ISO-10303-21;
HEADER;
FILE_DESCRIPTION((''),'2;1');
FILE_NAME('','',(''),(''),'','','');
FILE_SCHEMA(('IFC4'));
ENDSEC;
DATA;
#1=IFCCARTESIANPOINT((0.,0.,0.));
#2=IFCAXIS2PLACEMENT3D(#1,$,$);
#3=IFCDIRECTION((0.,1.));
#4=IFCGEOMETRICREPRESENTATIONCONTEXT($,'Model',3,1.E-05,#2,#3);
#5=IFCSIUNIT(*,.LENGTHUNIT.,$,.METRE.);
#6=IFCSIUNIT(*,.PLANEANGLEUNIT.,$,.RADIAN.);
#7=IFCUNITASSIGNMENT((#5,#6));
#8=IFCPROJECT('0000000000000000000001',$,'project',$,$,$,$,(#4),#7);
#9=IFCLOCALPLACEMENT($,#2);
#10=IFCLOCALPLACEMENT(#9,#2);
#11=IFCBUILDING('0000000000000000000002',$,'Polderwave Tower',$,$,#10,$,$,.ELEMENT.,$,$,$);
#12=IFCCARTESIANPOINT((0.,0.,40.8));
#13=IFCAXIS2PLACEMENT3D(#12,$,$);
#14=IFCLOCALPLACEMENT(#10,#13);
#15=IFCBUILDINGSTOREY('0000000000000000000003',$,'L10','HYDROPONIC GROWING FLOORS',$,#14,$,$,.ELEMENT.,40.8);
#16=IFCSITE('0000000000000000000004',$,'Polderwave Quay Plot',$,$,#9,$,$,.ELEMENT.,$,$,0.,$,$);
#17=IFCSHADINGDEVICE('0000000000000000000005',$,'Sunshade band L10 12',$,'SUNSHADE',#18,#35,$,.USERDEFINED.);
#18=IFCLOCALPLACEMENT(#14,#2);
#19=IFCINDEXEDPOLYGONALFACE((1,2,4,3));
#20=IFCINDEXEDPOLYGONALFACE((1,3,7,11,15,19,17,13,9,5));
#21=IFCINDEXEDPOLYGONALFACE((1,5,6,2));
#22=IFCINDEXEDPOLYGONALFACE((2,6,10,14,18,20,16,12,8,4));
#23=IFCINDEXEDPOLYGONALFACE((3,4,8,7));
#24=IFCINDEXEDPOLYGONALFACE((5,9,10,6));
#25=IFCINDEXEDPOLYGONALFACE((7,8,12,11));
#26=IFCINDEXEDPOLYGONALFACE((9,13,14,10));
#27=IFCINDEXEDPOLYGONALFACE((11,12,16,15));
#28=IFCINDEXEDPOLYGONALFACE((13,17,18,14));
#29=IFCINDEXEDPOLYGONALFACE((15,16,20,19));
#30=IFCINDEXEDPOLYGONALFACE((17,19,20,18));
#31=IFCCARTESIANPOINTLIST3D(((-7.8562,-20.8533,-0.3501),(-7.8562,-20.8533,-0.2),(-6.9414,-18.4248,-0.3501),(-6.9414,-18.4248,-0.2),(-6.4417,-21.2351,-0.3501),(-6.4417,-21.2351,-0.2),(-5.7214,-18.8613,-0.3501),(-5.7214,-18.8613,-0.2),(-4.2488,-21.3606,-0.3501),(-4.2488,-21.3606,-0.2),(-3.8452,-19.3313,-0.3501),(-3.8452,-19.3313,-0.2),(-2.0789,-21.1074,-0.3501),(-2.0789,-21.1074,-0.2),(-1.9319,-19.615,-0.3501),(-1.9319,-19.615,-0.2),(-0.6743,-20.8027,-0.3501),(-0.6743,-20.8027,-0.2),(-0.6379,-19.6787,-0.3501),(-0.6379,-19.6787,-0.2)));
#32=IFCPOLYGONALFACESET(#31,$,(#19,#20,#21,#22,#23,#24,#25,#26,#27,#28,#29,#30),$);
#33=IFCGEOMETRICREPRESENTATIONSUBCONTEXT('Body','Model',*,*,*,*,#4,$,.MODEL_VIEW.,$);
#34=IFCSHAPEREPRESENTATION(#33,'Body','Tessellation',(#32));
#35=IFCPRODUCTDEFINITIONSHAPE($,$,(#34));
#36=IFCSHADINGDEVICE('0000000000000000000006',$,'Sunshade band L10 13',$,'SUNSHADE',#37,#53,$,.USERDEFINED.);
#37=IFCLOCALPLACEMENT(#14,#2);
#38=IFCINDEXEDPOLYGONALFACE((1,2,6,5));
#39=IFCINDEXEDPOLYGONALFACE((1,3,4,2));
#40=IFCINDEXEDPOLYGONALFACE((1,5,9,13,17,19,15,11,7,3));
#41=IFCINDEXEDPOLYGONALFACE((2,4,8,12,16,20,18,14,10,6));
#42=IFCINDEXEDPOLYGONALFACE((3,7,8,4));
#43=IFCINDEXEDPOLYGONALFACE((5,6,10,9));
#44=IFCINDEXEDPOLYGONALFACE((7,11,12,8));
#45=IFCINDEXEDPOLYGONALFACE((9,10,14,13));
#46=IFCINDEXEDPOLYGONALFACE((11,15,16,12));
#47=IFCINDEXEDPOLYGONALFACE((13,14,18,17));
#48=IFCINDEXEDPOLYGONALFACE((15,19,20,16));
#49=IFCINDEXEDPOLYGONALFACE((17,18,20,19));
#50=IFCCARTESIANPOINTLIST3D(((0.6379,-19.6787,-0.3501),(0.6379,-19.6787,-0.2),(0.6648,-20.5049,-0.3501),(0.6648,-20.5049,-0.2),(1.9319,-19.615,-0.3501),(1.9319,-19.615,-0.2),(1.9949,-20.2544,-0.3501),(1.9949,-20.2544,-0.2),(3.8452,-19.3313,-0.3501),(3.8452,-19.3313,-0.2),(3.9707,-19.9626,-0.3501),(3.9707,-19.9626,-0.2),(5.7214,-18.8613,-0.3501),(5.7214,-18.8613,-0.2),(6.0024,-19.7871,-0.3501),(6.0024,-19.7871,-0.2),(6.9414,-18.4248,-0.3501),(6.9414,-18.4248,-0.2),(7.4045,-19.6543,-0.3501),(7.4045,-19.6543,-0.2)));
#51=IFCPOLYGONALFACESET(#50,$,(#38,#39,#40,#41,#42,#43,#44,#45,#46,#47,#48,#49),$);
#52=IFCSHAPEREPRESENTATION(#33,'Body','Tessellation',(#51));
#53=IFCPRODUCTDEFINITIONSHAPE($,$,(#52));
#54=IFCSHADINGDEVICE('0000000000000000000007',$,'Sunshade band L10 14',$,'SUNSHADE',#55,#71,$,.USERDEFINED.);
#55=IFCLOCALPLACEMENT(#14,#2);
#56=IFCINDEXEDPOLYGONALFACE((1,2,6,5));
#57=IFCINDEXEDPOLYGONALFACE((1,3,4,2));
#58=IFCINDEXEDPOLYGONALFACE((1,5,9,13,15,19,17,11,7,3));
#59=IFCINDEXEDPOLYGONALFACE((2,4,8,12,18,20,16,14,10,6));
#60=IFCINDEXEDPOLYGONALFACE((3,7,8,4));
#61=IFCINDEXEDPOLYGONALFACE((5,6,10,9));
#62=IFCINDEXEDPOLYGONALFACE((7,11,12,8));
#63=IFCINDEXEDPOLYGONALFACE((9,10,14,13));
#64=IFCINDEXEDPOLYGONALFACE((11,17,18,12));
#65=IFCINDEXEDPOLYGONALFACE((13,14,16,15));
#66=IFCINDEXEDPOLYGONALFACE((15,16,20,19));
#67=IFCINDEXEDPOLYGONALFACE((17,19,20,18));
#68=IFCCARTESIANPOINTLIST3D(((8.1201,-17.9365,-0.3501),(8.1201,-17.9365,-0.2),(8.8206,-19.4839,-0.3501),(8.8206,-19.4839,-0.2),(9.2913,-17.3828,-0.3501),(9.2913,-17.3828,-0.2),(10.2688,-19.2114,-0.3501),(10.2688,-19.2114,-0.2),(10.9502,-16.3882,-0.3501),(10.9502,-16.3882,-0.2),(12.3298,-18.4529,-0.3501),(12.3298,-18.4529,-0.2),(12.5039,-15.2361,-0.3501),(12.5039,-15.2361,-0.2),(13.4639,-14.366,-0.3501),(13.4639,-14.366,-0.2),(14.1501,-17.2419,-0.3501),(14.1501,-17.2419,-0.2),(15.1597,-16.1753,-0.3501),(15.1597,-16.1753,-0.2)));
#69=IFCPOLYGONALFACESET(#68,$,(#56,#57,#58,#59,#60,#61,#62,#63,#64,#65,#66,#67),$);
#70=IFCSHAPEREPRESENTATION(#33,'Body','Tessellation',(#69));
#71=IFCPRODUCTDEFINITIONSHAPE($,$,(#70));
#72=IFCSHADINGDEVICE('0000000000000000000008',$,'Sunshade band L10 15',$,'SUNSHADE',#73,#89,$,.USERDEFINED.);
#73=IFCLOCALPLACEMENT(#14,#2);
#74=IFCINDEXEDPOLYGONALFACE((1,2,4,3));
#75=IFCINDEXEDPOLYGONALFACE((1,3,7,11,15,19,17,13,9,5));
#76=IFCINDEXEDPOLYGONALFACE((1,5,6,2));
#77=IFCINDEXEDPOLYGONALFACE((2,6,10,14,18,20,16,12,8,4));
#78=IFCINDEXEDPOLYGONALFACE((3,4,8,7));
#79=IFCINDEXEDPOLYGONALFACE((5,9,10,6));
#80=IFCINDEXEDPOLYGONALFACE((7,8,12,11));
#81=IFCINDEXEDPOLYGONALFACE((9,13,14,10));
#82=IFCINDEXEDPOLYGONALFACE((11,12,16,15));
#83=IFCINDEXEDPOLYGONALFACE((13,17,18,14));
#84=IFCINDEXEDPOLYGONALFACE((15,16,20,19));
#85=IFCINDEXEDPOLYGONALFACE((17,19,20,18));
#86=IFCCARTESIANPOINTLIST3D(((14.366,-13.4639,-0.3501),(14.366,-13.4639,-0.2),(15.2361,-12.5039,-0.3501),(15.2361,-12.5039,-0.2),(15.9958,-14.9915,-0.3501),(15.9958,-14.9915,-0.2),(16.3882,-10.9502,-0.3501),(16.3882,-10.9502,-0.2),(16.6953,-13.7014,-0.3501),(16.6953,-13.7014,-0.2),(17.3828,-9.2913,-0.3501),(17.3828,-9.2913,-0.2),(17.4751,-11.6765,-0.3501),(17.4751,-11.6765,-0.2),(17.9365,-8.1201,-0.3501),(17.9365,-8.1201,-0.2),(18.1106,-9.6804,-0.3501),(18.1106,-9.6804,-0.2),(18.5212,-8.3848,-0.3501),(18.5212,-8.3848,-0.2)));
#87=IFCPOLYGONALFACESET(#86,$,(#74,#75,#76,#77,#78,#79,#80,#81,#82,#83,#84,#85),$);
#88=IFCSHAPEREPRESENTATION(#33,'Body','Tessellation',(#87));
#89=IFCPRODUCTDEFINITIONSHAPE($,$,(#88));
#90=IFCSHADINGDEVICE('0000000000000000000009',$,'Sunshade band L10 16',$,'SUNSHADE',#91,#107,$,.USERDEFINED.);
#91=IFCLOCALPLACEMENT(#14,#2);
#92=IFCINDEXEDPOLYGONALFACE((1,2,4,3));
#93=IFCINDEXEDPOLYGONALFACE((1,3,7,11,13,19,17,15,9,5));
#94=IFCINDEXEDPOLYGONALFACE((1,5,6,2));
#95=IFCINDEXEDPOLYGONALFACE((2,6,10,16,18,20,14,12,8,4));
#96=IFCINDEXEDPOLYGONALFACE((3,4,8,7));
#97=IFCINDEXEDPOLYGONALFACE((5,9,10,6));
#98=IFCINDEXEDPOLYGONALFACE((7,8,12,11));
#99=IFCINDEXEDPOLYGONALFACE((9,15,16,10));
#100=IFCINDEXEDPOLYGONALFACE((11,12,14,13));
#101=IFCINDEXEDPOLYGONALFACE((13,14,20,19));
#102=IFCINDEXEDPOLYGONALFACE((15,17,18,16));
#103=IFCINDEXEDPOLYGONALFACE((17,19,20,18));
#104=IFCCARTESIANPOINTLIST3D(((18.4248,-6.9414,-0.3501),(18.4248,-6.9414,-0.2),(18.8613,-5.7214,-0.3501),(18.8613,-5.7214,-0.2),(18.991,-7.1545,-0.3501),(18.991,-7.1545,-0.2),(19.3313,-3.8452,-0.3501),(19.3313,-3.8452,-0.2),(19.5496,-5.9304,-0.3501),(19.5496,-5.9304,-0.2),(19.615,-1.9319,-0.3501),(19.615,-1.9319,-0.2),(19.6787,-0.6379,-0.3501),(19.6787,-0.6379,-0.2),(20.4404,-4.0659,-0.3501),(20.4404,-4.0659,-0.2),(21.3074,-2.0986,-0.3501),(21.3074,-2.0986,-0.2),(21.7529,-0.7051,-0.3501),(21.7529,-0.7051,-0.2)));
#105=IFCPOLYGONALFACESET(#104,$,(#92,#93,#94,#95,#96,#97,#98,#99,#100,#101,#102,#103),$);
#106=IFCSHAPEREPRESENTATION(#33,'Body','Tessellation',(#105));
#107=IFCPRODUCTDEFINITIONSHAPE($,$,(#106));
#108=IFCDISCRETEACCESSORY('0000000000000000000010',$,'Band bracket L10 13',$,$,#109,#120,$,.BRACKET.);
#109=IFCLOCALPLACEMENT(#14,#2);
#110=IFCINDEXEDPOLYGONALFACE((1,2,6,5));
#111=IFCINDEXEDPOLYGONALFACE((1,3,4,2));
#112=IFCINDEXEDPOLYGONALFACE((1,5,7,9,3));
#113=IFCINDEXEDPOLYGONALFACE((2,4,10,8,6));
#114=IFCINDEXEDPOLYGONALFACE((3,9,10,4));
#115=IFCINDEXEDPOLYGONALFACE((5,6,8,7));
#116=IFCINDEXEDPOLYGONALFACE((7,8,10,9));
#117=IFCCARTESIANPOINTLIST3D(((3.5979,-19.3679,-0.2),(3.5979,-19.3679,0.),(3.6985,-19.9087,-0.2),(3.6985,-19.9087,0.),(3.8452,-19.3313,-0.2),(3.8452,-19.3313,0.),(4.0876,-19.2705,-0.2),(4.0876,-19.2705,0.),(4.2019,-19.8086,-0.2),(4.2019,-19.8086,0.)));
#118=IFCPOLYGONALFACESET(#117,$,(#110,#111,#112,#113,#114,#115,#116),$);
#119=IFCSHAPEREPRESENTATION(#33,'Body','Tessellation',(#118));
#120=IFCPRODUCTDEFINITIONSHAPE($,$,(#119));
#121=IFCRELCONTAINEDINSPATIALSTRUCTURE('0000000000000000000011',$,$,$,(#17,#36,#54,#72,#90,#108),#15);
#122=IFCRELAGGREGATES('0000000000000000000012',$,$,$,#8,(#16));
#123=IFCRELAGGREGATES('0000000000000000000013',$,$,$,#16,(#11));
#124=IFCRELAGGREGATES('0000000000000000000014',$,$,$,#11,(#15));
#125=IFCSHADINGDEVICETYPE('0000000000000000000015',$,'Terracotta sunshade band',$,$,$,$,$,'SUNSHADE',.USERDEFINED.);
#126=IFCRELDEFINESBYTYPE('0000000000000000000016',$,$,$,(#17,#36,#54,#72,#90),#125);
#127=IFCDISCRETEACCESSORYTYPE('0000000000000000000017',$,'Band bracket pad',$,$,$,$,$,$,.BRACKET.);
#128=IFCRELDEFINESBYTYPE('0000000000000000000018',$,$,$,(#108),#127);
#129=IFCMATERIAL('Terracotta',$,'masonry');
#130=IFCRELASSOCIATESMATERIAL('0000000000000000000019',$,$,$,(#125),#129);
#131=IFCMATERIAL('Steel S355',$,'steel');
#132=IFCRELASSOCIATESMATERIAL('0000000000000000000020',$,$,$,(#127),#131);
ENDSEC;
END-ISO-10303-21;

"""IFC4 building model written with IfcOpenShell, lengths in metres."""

from ifc_helpers import new_model, si_unit, direction, frame, origin, place, context, subcontext, project, spatial, polyline, outline, extrude, material, type_object, element, save


model = new_model("IFC4")

# Units and contexts
model_context = context("Model", 3, precision=1e-05, world=origin(), true_north=direction((0.0, 1.0)))
body_context = subcontext(model_context, "Body", "Model", "MODEL_VIEW")
ifc_project = project(units=[si_unit("LENGTHUNIT", "METRE"), si_unit("PLANEANGLEUNIT", "RADIAN")], contexts=[model_context])

# Site, building, storey
site_placement = place(None, origin())
site = spatial("IfcSite", under=ifc_project, at=site_placement, Name="Polderwave Quay Plot", CompositionType="ELEMENT", RefElevation=0.0)
building_placement = place(site_placement, origin())
building = spatial("IfcBuilding", under=site, at=building_placement, Name="Polderwave Tower", CompositionType="ELEMENT")
storey_placement = place(building_placement, frame((0.0, 0.0, 40.8)))
storey = spatial("IfcBuildingStorey", under=building, at=storey_placement, Name="L10", Description="HYDROPONIC GROWING FLOORS", CompositionType="ELEMENT", Elevation=40.8)

# Shading devices
ifc_material_1 = material(Name="Terracotta", Category="masonry")
shading_device_type = type_object("IfcShadingDeviceType", Name="Terracotta sunshade band", ElementType="SUNSHADE", PredefinedType="USERDEFINED", material=ifc_material_1)
shading_device_1_placement = place(storey_placement, frame((0.0, 0.0, -0.3501)))
element("IfcShadingDevice", 1, at=shading_device_1_placement, inside=storey, type_object=shading_device_type, Name="Sunshade band L10 12", ObjectType="SUNSHADE", PredefinedType="USERDEFINED", context=body_context, shape_type="SweptSolid", body=[
    extrude(outline(polyline([(-6.9414, -18.4248), (-5.7214, -18.8613), (-3.8452, -19.3313), (-1.9319, -19.615), (-0.6379, -19.6787), (-0.6743, -20.8027), (-2.0789, -21.1074), (-4.2488, -21.3606), (-6.4417, -21.2351), (-7.8562, -20.8533), (-6.9414, -18.4248)])), origin(), (0.0, 0.0, 1.0), 0.1501),
])
shading_device_2_placement = place(storey_placement, frame((0.0, 0.0, -0.3501)))
element("IfcShadingDevice", 2, at=shading_device_2_placement, inside=storey, type_object=shading_device_type, Name="Sunshade band L10 13", ObjectType="SUNSHADE", PredefinedType="USERDEFINED", context=body_context, shape_type="SweptSolid", body=[
    extrude(outline(polyline([(0.6379, -19.6787), (1.9319, -19.615), (3.8452, -19.3313), (5.7214, -18.8613), (6.9414, -18.4248), (7.4045, -19.6543), (6.0024, -19.7871), (3.9707, -19.9626), (1.9949, -20.2544), (0.6648, -20.5049), (0.6379, -19.6787)])), origin(), (0.0, 0.0, 1.0), 0.1501),
])
shading_device_3_placement = place(storey_placement, frame((0.0, 0.0, -0.3501)))
element("IfcShadingDevice", 3, at=shading_device_3_placement, inside=storey, type_object=shading_device_type, Name="Sunshade band L10 14", ObjectType="SUNSHADE", PredefinedType="USERDEFINED", context=body_context, shape_type="SweptSolid", body=[
    extrude(outline(polyline([(8.1201, -17.9365), (9.2913, -17.3828), (10.9502, -16.3882), (12.5039, -15.2361), (13.4639, -14.366), (15.1597, -16.1753), (14.1501, -17.2419), (12.3298, -18.4529), (10.2688, -19.2114), (8.8206, -19.4839), (8.1201, -17.9365)])), origin(), (0.0, 0.0, 1.0), 0.1501),
])
shading_device_4_placement = place(storey_placement, frame((0.0, 0.0, -0.3501)))
element("IfcShadingDevice", 4, at=shading_device_4_placement, inside=storey, type_object=shading_device_type, Name="Sunshade band L10 15", ObjectType="SUNSHADE", PredefinedType="USERDEFINED", context=body_context, shape_type="SweptSolid", body=[
    extrude(outline(polyline([(14.366, -13.4639), (15.2361, -12.5039), (16.3882, -10.9502), (17.3828, -9.2913), (17.9365, -8.1201), (18.5212, -8.3848), (18.1106, -9.6804), (17.4751, -11.6765), (16.6953, -13.7014), (15.9958, -14.9915), (14.366, -13.4639)])), origin(), (0.0, 0.0, 1.0), 0.1501),
])
shading_device_5_placement = place(storey_placement, frame((0.0, 0.0, -0.3501)))
element("IfcShadingDevice", 5, at=shading_device_5_placement, inside=storey, type_object=shading_device_type, Name="Sunshade band L10 16", ObjectType="SUNSHADE", PredefinedType="USERDEFINED", context=body_context, shape_type="SweptSolid", body=[
    extrude(outline(polyline([(18.4248, -6.9414), (18.8613, -5.7214), (19.3313, -3.8452), (19.615, -1.9319), (19.6787, -0.6379), (21.7529, -0.7051), (21.3074, -2.0986), (20.4404, -4.0659), (19.5496, -5.9304), (18.991, -7.1545), (18.4248, -6.9414)])), origin(), (0.0, 0.0, 1.0), 0.1501),
])

# Discrete accessory
ifc_material_2 = material(Name="Steel S355", Category="steel")
discrete_accessory_type = type_object("IfcDiscreteAccessoryType", Name="Band bracket pad", PredefinedType="BRACKET", material=ifc_material_2)
discrete_accessory_placement = place(storey_placement, frame((0.0, 0.0, -0.2)))
element("IfcDiscreteAccessory", 6, at=discrete_accessory_placement, inside=storey, type_object=discrete_accessory_type, Name="Band bracket L10 13", PredefinedType="BRACKET", context=body_context, shape_type="SweptSolid", body=[
    extrude(outline(polyline([(3.5979, -19.3679), (3.8452, -19.3313), (4.0876, -19.2705), (4.2019, -19.8086), (3.6985, -19.9087), (3.5979, -19.3679)])), origin(), (0.0, 0.0, 1.0), 0.2),
])

save(model, "model.ifc")
